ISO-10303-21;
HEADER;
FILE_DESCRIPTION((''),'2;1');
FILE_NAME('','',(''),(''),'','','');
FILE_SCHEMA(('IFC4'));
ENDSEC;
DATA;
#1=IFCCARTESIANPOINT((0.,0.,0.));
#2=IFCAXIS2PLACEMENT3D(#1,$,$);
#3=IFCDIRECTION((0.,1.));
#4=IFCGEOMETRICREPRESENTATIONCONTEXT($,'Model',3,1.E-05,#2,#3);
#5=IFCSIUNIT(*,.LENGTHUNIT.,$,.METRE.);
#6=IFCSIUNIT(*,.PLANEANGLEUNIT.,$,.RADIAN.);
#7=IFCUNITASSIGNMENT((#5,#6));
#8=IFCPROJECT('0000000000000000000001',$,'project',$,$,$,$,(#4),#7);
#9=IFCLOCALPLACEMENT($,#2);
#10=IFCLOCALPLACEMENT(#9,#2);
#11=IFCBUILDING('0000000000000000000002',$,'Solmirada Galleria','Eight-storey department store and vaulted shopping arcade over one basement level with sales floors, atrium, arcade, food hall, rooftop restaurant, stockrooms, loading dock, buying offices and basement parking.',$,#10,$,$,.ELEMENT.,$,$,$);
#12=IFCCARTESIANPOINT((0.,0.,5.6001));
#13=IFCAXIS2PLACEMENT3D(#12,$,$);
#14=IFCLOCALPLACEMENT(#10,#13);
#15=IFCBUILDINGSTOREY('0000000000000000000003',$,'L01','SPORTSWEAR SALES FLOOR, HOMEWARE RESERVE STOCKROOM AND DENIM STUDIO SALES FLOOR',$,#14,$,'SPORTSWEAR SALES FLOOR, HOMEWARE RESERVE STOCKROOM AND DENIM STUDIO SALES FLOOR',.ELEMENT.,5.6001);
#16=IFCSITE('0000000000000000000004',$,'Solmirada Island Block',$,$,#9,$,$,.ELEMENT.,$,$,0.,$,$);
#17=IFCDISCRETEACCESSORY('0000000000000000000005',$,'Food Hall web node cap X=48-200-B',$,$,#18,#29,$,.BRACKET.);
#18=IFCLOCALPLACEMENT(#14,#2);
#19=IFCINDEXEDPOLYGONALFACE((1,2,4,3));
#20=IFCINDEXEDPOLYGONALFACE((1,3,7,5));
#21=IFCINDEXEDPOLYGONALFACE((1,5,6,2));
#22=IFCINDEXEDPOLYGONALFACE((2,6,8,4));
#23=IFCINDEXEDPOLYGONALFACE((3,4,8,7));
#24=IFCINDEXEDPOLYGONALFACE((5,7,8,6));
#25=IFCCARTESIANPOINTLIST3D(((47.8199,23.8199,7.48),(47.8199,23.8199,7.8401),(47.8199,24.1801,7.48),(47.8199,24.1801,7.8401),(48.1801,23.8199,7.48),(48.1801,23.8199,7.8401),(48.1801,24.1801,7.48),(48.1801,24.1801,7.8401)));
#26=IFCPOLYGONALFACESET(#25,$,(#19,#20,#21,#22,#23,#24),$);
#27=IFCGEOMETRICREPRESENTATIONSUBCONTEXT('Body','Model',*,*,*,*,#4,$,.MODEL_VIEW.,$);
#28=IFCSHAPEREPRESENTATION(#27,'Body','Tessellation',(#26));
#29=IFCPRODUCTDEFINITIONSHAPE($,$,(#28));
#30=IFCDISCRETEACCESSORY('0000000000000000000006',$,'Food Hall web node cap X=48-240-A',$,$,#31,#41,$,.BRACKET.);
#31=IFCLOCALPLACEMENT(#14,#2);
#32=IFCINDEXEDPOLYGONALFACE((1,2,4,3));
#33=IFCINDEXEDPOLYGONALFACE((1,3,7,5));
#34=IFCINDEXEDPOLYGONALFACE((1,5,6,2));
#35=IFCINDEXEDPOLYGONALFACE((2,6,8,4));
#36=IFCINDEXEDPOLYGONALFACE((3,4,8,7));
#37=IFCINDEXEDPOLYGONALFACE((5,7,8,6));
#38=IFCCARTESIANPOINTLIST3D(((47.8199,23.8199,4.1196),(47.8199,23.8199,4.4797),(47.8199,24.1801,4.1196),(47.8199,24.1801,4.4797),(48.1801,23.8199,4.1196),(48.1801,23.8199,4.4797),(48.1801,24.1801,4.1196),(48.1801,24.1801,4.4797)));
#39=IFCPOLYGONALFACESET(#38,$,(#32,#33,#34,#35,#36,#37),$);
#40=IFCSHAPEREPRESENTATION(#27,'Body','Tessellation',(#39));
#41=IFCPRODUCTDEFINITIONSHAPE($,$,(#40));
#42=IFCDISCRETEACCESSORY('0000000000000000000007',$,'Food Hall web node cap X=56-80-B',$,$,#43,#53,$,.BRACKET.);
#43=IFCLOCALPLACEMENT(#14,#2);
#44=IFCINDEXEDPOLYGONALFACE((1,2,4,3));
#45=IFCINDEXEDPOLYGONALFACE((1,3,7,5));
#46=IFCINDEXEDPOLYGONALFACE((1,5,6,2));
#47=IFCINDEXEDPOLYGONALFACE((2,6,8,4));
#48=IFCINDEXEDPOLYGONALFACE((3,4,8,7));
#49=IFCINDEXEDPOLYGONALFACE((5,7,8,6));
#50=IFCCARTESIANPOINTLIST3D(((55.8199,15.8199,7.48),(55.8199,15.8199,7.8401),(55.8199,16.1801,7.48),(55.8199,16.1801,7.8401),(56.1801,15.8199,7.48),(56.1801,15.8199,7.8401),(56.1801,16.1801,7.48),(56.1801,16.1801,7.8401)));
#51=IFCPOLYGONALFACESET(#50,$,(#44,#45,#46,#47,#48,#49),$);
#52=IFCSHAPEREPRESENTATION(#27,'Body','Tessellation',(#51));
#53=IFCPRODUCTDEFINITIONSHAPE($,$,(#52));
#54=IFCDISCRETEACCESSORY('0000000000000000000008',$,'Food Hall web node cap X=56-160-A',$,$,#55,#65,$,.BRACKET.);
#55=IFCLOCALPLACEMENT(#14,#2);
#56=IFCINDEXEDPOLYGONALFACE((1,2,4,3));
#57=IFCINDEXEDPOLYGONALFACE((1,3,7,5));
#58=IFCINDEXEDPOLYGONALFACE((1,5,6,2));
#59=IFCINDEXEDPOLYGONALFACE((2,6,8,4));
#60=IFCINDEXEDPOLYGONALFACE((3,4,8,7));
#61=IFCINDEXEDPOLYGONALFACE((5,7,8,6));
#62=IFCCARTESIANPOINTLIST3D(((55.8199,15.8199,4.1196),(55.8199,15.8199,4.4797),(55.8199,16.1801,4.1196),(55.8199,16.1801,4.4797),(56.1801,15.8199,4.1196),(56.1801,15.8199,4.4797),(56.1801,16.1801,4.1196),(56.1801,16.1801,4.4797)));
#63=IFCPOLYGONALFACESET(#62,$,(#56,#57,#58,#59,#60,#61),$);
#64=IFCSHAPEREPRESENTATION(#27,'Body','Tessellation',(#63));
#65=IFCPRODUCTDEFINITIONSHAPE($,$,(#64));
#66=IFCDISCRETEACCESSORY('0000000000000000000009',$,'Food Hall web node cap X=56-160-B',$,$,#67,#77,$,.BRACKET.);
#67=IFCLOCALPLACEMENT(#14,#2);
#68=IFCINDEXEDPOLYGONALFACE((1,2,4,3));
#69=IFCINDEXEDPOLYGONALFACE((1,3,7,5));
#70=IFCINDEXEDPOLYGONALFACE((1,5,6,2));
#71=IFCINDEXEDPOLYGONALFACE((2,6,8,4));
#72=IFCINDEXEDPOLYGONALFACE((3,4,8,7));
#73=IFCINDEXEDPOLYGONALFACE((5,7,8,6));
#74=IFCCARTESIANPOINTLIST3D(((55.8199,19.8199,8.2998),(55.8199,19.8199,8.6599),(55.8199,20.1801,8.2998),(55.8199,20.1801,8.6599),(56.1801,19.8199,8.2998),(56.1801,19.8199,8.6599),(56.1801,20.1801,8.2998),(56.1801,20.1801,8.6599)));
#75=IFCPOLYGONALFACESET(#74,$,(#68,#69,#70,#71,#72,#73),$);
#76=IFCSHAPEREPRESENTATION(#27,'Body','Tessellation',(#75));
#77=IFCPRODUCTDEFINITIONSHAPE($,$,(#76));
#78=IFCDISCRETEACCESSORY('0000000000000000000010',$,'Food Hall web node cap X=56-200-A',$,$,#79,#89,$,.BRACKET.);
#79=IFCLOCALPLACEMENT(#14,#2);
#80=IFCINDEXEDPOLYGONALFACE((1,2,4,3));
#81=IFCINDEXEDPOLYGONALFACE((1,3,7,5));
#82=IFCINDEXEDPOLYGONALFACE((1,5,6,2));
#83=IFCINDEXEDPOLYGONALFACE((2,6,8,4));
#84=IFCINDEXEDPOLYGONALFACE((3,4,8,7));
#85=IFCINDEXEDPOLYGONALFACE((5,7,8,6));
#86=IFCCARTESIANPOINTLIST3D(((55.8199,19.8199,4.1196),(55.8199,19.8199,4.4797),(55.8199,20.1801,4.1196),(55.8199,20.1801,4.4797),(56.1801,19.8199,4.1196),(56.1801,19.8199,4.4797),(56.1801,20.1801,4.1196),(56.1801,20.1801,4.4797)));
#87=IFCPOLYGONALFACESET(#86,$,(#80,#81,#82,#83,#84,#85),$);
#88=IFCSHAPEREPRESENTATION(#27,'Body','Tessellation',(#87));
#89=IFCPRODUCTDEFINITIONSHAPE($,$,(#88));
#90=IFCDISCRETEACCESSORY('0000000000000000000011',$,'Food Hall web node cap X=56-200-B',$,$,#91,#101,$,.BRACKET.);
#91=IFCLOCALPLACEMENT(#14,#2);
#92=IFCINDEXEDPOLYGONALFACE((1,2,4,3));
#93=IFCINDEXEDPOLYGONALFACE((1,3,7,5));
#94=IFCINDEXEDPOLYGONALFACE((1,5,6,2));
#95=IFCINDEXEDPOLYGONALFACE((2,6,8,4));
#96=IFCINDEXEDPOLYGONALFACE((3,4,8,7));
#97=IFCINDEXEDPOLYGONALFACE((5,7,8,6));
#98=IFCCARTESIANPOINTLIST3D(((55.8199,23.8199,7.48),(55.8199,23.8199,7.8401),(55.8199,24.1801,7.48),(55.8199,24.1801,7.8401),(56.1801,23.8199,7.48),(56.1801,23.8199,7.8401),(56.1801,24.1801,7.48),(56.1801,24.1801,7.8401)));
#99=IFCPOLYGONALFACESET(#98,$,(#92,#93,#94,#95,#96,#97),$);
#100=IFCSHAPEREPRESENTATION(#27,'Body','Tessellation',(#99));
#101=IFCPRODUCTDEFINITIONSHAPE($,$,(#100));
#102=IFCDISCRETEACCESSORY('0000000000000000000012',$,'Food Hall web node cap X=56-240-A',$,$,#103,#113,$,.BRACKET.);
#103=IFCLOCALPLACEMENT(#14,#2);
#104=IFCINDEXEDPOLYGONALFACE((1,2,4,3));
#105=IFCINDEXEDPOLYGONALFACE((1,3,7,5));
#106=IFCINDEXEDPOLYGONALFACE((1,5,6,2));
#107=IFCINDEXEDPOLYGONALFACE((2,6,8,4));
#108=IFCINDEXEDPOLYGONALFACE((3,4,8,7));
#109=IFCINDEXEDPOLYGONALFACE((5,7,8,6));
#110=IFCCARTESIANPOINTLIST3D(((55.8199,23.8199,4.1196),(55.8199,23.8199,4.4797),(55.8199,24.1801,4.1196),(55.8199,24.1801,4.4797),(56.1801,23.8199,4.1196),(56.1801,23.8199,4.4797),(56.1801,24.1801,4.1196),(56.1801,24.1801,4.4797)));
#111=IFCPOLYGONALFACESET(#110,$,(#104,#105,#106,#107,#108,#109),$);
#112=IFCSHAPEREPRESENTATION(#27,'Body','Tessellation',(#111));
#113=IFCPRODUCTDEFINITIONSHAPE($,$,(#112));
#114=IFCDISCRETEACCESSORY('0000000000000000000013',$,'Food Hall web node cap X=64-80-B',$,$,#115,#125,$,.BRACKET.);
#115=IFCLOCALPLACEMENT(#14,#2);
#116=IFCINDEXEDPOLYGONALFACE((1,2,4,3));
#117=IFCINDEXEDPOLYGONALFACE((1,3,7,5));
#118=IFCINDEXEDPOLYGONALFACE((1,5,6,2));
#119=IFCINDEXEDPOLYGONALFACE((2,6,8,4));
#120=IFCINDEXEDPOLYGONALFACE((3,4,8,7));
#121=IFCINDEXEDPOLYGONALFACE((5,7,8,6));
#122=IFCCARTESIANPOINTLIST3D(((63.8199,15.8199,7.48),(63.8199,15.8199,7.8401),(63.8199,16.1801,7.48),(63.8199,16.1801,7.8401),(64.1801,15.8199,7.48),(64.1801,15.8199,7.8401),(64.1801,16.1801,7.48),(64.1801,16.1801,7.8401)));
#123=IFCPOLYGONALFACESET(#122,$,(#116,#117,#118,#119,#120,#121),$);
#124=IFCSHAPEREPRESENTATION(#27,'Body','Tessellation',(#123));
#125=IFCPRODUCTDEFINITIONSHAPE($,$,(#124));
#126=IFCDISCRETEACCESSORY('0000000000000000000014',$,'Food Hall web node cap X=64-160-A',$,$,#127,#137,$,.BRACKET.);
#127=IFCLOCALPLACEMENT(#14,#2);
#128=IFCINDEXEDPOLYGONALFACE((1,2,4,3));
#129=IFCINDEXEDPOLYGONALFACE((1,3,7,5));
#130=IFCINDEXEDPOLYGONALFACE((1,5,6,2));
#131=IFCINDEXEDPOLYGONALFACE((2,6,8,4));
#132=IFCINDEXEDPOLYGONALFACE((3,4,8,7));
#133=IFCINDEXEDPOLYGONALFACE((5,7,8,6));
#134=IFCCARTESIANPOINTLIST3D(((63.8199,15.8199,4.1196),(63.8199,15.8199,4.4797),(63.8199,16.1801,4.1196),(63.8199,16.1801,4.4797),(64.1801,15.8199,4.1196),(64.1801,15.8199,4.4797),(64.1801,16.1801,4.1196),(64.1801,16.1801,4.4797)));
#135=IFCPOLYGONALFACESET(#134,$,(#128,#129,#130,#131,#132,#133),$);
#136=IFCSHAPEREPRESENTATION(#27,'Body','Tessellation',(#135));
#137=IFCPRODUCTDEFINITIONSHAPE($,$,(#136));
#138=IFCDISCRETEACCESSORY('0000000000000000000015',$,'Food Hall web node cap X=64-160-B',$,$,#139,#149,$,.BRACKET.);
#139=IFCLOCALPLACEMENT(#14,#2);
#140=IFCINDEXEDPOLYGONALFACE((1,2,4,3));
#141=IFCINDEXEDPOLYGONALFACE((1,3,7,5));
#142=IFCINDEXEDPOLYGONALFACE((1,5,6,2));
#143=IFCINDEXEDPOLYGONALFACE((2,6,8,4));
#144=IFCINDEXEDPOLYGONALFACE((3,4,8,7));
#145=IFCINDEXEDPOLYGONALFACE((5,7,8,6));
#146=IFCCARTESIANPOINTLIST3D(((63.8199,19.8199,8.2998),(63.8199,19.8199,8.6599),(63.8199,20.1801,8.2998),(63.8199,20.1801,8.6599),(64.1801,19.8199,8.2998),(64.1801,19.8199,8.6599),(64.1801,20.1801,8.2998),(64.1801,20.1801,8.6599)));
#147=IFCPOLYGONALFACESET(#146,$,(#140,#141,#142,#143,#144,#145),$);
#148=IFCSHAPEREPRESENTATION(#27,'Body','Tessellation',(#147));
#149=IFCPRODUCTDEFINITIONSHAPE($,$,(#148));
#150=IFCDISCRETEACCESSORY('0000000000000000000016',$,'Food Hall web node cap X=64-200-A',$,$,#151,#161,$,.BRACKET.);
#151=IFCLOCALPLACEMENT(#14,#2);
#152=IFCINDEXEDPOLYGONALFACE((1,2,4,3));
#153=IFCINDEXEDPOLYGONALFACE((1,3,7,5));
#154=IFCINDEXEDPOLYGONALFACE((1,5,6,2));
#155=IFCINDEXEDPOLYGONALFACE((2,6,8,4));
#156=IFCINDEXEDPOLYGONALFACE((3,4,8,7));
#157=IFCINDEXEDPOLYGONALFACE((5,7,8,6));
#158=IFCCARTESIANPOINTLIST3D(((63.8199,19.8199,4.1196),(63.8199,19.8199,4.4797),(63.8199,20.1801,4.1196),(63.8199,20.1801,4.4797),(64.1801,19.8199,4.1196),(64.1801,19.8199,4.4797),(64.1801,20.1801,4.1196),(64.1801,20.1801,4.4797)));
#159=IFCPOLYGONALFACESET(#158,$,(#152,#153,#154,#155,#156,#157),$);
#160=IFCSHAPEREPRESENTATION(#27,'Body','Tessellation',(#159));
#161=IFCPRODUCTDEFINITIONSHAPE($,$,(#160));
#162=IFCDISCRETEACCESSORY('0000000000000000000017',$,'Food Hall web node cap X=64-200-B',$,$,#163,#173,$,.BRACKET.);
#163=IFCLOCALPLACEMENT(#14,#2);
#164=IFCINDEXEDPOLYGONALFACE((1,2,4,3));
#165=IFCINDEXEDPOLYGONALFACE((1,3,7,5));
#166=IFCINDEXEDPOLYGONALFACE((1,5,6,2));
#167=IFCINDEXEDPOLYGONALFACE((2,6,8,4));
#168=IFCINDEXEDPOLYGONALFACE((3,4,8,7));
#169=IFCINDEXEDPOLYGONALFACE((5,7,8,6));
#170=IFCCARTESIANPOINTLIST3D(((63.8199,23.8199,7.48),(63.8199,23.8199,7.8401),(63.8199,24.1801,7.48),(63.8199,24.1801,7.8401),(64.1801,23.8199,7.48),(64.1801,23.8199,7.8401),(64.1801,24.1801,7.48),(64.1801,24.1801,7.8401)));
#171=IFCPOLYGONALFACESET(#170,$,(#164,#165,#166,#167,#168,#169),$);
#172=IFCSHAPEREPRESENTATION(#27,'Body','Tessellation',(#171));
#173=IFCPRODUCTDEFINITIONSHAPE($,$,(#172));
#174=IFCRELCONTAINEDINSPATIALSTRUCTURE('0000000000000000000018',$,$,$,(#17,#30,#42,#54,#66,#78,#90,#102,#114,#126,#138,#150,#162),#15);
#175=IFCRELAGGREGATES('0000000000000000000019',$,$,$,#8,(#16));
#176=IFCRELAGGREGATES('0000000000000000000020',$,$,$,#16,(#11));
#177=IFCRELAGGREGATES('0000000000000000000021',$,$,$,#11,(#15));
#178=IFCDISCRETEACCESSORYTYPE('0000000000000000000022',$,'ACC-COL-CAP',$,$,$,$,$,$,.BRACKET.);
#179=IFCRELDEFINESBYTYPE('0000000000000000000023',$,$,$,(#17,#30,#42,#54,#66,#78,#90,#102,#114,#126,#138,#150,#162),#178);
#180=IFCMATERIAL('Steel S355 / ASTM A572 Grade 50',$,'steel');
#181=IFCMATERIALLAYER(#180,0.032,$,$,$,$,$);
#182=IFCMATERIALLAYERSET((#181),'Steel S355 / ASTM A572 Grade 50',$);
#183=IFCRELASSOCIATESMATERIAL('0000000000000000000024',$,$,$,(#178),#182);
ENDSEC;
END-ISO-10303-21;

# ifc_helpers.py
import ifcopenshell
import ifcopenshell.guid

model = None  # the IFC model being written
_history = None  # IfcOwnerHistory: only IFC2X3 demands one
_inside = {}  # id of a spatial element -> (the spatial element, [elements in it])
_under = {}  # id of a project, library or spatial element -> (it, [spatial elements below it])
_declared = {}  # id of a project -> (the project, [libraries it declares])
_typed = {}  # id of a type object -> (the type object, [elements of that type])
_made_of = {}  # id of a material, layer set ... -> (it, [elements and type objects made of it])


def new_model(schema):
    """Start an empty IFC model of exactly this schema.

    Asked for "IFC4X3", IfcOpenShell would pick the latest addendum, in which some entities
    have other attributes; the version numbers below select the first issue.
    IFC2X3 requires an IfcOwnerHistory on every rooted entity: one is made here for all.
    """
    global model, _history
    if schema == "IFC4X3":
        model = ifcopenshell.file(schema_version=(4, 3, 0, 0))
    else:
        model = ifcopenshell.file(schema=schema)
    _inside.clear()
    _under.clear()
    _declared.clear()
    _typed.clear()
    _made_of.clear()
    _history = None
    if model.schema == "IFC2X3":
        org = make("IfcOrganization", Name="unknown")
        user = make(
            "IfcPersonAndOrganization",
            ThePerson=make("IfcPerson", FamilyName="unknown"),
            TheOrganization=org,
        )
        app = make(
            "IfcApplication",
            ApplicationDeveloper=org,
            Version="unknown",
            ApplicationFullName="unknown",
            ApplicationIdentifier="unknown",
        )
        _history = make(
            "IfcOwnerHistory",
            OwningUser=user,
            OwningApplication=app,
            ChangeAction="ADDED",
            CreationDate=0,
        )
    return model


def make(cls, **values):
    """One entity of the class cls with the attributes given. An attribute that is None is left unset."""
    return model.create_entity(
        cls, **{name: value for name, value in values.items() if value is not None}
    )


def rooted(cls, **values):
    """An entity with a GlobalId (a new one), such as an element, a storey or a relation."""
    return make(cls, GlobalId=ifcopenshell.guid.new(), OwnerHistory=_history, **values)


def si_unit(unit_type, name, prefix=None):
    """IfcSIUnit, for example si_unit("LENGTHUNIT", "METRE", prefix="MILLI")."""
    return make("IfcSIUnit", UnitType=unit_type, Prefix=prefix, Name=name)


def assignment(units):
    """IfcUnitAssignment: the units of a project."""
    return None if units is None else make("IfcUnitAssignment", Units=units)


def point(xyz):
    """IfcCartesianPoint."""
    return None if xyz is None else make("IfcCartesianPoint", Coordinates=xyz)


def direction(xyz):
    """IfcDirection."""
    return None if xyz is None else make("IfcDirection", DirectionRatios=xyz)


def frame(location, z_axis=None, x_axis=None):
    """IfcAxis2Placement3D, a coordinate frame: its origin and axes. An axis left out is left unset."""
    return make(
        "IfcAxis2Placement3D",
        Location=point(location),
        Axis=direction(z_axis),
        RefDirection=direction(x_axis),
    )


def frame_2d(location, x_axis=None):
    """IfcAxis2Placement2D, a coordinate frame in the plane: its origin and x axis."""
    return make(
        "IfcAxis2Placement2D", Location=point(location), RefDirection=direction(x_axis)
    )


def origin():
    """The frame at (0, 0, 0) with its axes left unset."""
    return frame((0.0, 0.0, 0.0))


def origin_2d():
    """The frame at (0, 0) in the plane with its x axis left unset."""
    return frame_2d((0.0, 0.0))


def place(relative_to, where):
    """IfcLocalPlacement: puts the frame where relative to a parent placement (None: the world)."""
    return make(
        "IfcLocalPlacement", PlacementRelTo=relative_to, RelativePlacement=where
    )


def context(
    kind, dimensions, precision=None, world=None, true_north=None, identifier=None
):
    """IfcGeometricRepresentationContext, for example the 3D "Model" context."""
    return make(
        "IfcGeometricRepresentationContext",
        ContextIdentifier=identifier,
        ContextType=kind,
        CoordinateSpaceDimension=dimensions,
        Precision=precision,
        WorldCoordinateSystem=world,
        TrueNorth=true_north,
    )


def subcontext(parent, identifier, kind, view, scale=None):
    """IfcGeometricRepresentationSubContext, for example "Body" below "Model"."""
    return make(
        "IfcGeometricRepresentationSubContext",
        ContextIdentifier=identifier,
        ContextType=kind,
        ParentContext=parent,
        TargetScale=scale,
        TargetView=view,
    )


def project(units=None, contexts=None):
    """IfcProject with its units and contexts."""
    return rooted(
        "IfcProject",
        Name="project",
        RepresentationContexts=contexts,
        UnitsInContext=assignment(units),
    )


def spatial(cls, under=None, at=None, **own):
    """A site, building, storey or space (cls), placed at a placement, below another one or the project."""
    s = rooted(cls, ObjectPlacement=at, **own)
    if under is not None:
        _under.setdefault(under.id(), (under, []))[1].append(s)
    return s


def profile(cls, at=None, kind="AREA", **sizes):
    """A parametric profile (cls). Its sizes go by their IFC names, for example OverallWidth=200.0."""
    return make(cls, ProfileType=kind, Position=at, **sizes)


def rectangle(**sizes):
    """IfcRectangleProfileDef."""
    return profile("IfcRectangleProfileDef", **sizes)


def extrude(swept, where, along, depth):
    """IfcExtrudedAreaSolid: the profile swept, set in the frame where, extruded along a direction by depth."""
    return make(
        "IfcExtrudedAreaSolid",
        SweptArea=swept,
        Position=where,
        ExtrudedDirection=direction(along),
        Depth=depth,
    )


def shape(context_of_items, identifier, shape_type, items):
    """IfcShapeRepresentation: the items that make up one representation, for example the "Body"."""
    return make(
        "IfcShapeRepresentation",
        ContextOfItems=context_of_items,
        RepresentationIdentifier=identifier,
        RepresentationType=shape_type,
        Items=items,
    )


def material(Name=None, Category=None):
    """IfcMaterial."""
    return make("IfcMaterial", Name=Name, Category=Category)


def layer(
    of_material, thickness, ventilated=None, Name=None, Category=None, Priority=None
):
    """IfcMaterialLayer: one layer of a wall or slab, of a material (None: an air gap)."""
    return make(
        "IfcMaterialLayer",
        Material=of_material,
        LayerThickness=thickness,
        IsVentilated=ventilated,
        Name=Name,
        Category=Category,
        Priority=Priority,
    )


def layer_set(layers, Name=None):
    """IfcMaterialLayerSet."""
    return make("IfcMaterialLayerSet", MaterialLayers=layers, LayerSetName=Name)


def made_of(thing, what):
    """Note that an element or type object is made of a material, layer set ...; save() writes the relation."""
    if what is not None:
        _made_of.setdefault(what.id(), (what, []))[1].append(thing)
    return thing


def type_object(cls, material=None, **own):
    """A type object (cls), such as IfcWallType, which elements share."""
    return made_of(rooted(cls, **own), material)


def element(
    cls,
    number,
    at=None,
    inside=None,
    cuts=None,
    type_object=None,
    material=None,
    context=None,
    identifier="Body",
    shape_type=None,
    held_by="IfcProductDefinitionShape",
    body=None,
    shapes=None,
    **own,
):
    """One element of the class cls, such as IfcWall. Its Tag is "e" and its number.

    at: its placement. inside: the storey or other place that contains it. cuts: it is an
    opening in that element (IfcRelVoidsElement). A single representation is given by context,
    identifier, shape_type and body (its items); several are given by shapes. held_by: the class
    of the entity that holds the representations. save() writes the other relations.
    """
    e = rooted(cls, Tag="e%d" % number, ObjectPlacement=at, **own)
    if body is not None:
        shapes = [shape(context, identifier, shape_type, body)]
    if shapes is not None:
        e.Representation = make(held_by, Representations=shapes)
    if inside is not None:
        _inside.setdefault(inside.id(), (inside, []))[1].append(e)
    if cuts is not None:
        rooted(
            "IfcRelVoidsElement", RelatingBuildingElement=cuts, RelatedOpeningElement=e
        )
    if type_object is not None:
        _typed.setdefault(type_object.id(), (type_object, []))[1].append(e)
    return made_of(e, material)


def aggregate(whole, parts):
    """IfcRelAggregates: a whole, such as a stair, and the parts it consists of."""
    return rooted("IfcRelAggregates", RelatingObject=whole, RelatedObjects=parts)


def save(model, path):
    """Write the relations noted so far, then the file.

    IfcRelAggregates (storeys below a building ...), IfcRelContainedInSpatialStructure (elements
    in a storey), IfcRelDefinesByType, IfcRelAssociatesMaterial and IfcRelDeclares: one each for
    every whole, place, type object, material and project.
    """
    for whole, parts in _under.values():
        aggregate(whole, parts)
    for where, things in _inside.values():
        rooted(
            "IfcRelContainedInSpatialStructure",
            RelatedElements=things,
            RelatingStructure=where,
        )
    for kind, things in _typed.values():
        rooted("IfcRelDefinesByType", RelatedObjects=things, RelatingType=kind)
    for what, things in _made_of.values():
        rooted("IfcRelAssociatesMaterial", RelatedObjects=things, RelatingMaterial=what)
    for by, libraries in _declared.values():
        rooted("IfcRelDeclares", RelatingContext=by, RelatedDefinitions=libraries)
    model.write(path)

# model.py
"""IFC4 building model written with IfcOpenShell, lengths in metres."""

from ifc_helpers import new_model, si_unit, direction, frame, origin, origin_2d, place, context, subcontext, project, spatial, rectangle, extrude, material, layer, layer_set, type_object, element, save


model = new_model("IFC4")

# Units and contexts
model_context = context("Model", 3, precision=1e-05, world=origin(), true_north=direction((0.0, 1.0)))
body_context = subcontext(model_context, "Body", "Model", "MODEL_VIEW")
ifc_project = project(units=[si_unit("LENGTHUNIT", "METRE"), si_unit("PLANEANGLEUNIT", "RADIAN")], contexts=[model_context])

# Site, building, storey
site_placement = place(None, origin())
site = spatial("IfcSite", under=ifc_project, at=site_placement, Name="Solmirada Island Block", CompositionType="ELEMENT", RefElevation=0.0)
building_placement = place(site_placement, origin())
building = spatial("IfcBuilding", under=site, at=building_placement, Name="Solmirada Galleria", Description="Eight-storey department store and vaulted shopping arcade over one basement level with sales floors, atrium, arcade, food hall, rooftop restaurant, stockrooms, loading dock, buying offices and basement parking.", CompositionType="ELEMENT")
storey_placement = place(building_placement, frame((0.0, 0.0, 5.6001)))
storey = spatial("IfcBuildingStorey", under=building, at=storey_placement, Name="L01", Description="SPORTSWEAR SALES FLOOR, HOMEWARE RESERVE STOCKROOM AND DENIM STUDIO SALES FLOOR", LongName="SPORTSWEAR SALES FLOOR, HOMEWARE RESERVE STOCKROOM AND DENIM STUDIO SALES FLOOR", CompositionType="ELEMENT", Elevation=5.6001)

# Discrete accessories
ifc_material_1 = material(Name="Steel S355 / ASTM A572 Grade 50", Category="steel")
ifc_layer = layer(ifc_material_1, 0.032)
ifc_layer_set = layer_set([ifc_layer], Name="Steel S355 / ASTM A572 Grade 50")
discrete_accessory_type = type_object("IfcDiscreteAccessoryType", Name="ACC-COL-CAP", PredefinedType="BRACKET", material=ifc_layer_set)
for number, where, z_axis, x_axis, name in (
    (1, (48.0, 24.0, 7.48), (0.0, 0.0, 1.0), (1.0, 0.0, 0.0), "Food Hall web node cap X=48-200-B"),
    (2, (48.0, 24.0, 4.1196), (0.0, 0.0, 1.0), (1.0, 0.0, 0.0), "Food Hall web node cap X=48-240-A"),
    (3, (56.0, 16.0, 7.48), (0.0, 0.0, 1.0), (1.0, 0.0, 0.0), "Food Hall web node cap X=56-80-B"),
    (4, (56.0, 16.0, 4.1196), (0.0, 0.0, 1.0), (1.0, 0.0, 0.0), "Food Hall web node cap X=56-160-A"),
    (5, (56.0, 20.0, 8.2998), (0.0, 0.0, 1.0), (1.0, 0.0, 0.0), "Food Hall web node cap X=56-160-B"),
    (6, (56.0, 20.0, 4.1196), (0.0, 0.0, 1.0), (1.0, 0.0, 0.0), "Food Hall web node cap X=56-200-A"),
    (7, (56.0, 24.0, 7.48), (0.0, 0.0, 1.0), (1.0, 0.0, 0.0), "Food Hall web node cap X=56-200-B"),
    (8, (56.0, 24.0, 4.1196), (0.0, 0.0, 1.0), (1.0, 0.0, 0.0), "Food Hall web node cap X=56-240-A"),
    (9, (64.0, 16.0, 7.48), (0.0, 0.0, 1.0), (1.0, 0.0, 0.0), "Food Hall web node cap X=64-80-B"),
    (10, (64.0, 16.0, 4.1196), (0.0, 0.0, 1.0), (1.0, 0.0, 0.0), "Food Hall web node cap X=64-160-A"),
    (11, (64.0, 20.0, 8.2998), (0.0, 0.0, 1.0), (1.0, 0.0, 0.0), "Food Hall web node cap X=64-160-B"),
    (12, (64.0, 20.0, 4.1196), (0.0, 0.0, 1.0), (1.0, 0.0, 0.0), "Food Hall web node cap X=64-200-A"),
    (13, (64.0, 24.0, 7.48), (0.0, 0.0, 1.0), (1.0, 0.0, 0.0), "Food Hall web node cap X=64-200-B"),
):
    element("IfcDiscreteAccessory", number, at=place(storey_placement, frame(where, z_axis=z_axis, x_axis=x_axis)), inside=storey, type_object=discrete_accessory_type, Name=name, PredefinedType="BRACKET", context=body_context, shape_type="SweptSolid", body=[
        extrude(rectangle(XDim=0.3601, YDim=0.3601, at=origin_2d()), origin(), (0.0, 0.0, 1.0), 0.3601),
    ])

save(model, "model.ifc")
